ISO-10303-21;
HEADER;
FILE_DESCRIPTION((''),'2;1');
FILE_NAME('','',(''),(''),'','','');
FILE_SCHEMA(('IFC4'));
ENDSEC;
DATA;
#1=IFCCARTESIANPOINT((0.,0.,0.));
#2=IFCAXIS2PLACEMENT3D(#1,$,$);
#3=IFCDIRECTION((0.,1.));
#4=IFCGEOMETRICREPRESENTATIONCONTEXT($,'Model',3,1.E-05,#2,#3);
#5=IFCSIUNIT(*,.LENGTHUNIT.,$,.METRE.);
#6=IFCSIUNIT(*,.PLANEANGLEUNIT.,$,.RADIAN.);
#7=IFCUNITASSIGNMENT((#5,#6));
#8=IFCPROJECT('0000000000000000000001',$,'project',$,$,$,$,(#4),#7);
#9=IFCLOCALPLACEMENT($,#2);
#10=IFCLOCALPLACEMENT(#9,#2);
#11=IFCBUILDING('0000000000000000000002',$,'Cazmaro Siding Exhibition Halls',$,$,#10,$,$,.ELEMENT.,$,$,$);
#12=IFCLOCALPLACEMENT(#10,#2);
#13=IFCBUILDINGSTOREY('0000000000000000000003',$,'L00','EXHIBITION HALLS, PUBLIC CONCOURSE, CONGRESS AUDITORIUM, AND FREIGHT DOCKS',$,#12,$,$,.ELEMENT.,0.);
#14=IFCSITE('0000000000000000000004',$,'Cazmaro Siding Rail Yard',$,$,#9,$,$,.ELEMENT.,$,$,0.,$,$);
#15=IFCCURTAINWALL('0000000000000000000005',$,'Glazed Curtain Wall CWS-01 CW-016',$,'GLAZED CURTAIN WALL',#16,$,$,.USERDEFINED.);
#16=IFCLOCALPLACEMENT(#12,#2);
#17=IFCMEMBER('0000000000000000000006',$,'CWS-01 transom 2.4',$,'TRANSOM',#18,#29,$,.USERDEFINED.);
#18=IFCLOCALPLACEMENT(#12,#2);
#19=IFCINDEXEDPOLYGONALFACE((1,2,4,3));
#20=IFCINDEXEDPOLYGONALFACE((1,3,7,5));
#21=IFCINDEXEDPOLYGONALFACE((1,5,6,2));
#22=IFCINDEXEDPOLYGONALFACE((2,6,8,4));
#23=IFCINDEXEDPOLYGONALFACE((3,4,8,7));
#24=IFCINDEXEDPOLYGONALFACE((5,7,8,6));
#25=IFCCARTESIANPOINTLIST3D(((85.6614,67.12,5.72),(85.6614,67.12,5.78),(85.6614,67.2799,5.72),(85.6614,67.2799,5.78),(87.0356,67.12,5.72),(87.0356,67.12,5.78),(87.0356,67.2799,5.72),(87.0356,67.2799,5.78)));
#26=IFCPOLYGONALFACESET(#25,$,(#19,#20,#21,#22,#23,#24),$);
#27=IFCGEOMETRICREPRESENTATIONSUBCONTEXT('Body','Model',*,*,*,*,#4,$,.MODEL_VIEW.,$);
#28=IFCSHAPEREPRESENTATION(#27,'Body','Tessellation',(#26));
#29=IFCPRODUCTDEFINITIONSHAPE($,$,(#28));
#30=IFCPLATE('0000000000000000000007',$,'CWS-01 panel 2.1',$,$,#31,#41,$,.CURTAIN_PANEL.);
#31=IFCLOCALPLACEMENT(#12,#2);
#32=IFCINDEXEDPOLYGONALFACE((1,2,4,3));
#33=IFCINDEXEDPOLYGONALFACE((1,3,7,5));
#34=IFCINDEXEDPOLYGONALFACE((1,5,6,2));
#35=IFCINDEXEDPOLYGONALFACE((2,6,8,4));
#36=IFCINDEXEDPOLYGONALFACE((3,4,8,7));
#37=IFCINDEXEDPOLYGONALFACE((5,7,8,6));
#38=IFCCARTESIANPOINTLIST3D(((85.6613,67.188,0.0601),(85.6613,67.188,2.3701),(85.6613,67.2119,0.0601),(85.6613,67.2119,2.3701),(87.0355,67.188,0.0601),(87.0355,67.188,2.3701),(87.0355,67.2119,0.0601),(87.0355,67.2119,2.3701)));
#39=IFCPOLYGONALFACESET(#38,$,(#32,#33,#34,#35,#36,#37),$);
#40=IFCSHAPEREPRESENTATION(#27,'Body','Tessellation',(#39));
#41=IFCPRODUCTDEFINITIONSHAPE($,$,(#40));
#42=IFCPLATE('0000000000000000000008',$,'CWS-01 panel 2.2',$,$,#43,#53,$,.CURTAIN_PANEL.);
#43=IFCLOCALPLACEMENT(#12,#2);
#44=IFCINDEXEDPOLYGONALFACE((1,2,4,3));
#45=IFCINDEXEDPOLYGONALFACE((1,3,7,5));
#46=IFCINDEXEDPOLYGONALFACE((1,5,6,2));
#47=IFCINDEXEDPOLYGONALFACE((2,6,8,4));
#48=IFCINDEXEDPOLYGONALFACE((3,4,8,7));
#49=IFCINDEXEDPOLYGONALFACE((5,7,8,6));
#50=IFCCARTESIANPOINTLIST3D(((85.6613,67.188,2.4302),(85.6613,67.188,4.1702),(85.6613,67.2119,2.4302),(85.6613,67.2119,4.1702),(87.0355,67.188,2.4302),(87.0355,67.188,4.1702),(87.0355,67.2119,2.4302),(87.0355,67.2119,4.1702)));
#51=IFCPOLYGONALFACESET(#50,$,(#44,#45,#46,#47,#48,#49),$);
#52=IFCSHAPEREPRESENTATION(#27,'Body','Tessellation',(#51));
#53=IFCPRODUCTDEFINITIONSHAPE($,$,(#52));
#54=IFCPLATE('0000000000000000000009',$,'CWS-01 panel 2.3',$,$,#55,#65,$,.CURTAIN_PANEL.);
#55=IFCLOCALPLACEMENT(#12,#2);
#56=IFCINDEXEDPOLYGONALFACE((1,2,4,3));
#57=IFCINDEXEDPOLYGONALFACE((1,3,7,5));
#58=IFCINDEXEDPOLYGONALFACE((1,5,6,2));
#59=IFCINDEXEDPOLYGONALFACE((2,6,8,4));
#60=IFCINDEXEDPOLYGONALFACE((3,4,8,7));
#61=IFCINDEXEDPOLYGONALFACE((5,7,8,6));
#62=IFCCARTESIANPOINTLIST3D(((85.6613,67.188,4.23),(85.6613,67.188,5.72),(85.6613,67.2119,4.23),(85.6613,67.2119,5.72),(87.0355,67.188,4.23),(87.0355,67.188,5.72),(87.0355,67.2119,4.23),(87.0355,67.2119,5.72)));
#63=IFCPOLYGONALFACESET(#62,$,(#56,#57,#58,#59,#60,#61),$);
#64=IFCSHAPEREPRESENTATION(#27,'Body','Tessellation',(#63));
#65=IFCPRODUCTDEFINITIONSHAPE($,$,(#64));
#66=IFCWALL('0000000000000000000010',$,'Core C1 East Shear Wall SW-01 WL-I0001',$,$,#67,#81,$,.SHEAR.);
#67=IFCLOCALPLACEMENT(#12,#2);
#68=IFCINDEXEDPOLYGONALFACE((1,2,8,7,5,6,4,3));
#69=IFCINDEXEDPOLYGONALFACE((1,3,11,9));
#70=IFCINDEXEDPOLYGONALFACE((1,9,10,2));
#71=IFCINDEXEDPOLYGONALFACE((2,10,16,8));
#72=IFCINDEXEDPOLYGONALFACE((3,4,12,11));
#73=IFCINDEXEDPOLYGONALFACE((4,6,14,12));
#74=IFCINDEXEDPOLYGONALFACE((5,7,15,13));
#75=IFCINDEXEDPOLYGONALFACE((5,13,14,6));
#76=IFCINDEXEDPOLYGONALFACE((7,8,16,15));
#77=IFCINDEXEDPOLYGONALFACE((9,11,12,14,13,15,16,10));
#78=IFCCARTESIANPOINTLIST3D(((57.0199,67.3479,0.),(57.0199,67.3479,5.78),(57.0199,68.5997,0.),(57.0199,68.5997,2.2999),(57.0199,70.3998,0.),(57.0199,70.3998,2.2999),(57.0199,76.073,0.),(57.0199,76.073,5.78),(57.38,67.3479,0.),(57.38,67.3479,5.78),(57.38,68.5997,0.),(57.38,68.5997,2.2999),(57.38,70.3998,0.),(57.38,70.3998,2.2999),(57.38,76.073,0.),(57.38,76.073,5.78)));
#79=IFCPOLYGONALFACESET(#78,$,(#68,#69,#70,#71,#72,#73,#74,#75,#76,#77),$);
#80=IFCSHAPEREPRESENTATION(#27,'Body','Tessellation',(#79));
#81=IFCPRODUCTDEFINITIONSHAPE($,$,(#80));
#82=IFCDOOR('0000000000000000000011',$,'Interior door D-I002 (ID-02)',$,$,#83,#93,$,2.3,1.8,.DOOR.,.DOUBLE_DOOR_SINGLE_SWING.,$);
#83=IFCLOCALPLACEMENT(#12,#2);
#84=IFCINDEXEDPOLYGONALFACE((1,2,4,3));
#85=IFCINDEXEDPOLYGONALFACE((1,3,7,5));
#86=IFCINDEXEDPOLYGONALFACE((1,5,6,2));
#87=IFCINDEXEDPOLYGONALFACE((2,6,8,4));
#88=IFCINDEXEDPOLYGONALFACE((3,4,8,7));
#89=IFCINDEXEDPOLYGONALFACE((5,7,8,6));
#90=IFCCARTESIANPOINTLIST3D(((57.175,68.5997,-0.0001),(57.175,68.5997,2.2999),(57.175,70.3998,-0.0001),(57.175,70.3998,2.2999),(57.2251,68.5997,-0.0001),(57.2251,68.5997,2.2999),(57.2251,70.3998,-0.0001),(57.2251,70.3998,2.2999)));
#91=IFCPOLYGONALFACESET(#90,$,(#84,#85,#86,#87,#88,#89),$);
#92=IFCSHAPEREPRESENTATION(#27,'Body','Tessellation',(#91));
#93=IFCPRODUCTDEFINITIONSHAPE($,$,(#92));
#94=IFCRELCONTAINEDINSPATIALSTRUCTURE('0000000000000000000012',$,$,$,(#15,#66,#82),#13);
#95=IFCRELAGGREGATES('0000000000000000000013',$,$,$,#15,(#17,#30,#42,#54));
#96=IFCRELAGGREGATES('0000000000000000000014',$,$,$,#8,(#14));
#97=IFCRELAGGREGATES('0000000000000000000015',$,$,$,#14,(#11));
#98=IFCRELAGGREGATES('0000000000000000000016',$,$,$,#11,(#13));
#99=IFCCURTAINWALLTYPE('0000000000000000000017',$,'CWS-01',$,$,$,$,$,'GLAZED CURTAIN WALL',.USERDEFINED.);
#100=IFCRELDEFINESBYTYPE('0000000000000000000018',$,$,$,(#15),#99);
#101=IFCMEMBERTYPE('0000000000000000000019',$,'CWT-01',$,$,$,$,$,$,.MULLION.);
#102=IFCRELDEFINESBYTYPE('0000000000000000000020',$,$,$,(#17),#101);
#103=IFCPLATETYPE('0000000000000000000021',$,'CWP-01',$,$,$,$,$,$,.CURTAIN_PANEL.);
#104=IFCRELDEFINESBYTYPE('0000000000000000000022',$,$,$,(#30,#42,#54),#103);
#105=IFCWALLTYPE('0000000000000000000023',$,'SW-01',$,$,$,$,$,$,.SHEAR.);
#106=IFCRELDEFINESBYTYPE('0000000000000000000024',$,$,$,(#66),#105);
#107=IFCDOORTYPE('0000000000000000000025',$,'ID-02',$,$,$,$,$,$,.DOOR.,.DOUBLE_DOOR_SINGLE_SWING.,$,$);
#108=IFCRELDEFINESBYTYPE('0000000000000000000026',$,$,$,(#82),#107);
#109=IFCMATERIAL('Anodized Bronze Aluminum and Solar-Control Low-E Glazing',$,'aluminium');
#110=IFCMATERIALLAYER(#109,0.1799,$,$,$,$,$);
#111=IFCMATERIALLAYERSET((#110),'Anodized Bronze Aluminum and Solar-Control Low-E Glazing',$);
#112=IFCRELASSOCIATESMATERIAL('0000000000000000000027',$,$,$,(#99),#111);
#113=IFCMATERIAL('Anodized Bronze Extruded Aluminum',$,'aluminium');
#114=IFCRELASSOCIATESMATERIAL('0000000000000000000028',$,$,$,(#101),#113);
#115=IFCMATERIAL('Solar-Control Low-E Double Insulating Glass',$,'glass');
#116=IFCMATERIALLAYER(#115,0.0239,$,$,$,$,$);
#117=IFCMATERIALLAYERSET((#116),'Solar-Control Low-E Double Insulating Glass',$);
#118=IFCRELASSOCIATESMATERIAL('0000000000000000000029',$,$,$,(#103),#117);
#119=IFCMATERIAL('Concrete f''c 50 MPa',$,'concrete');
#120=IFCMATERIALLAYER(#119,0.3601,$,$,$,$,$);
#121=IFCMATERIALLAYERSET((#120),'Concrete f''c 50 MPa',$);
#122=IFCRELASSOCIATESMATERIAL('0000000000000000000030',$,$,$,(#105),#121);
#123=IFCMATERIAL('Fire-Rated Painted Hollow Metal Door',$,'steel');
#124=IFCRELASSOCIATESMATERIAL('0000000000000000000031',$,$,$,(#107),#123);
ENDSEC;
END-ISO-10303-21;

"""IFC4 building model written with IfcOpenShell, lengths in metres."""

from ifc_helpers import new_model, si_unit, direction, frame, frame_2d, origin, origin_2d, place, context, subcontext, project, spatial, rectangle, extrude, material, layer, layer_set, material_profile, profile_set, type_object, element, fill, aggregate, save


model = new_model("IFC4")

# Units and contexts
model_context = context("Model", 3, precision=1e-05, world=origin(), true_north=direction((0.0, 1.0)))
body_context = subcontext(model_context, "Body", "Model", "MODEL_VIEW")
ifc_project = project(units=[si_unit("LENGTHUNIT", "METRE"), si_unit("PLANEANGLEUNIT", "RADIAN")], contexts=[model_context])

# Site, building, storey
site_placement = place(None, origin())
site = spatial("IfcSite", under=ifc_project, at=site_placement, Name="Cazmaro Siding Rail Yard", CompositionType="ELEMENT", RefElevation=0.0)
building_placement = place(site_placement, origin())
building = spatial("IfcBuilding", under=site, at=building_placement, Name="Cazmaro Siding Exhibition Halls", CompositionType="ELEMENT")
storey_placement = place(building_placement, origin())
storey = spatial("IfcBuildingStorey", under=building, at=storey_placement, Name="L00", Description="EXHIBITION HALLS, PUBLIC CONCOURSE, CONGRESS AUDITORIUM, AND FREIGHT DOCKS", CompositionType="ELEMENT", Elevation=0.0)

# Curtain wall, member, plates
ifc_material_1 = material(Name="Anodized Bronze Aluminum and Solar-Control Low-E Glazing", Category="aluminium")
ifc_layer_1 = layer(ifc_material_1, 0.1799)
ifc_layer_set_1 = layer_set([ifc_layer_1], Name="Anodized Bronze Aluminum and Solar-Control Low-E Glazing")
curtain_wall_type = type_object("IfcCurtainWallType", Name="CWS-01", ElementType="GLAZED CURTAIN WALL", PredefinedType="USERDEFINED", material=ifc_layer_set_1)
curtain_wall_placement = place(storey_placement, origin())
curtain_wall = element("IfcCurtainWall", 1, at=curtain_wall_placement, inside=storey, type_object=curtain_wall_type, Name="Glazed Curtain Wall CWS-01 CW-016", ObjectType="GLAZED CURTAIN WALL", PredefinedType="USERDEFINED")
ifc_material_2 = material(Name="Anodized Bronze Extruded Aluminum", Category="aluminium")
ifc_material_profile_1 = material_profile(ifc_material_2, rectangle(XDim=0.1599, YDim=0.0601, at=origin_2d()), Name="CWT-01")
ifc_profile_set_1 = profile_set([ifc_material_profile_1], Name="Anodized Bronze Extruded Aluminum")
member_type = type_object("IfcMemberType", Name="CWT-01", PredefinedType="MULLION", material=ifc_profile_set_1)
member_placement = place(storey_placement, frame((85.6614, 67.2, 5.75), z_axis=(1.0, 0.0, 0.0), x_axis=(0.0, 1.0, 0.0)))
member = element("IfcMember", 2, at=member_placement, type_object=member_type, Name="CWS-01 transom 2.4", ObjectType="TRANSOM", PredefinedType="USERDEFINED", context=body_context, shape_type="SweptSolid", body=[
    extrude(rectangle(XDim=0.1599, YDim=0.0601, at=origin_2d()), origin(), (0.0, 0.0, 1.0), 1.3743),
])
ifc_material_3 = material(Name="Solar-Control Low-E Double Insulating Glass", Category="glass")
ifc_layer_2 = layer(ifc_material_3, 0.0239)
ifc_layer_set_2 = layer_set([ifc_layer_2], Name="Solar-Control Low-E Double Insulating Glass")
plate_type = type_object("IfcPlateType", Name="CWP-01", PredefinedType="CURTAIN_PANEL", material=ifc_layer_set_2)
plate_1_placement = place(storey_placement, frame((86.3484, 67.2, 0.0601), z_axis=(0.0, 0.0, 1.0), x_axis=(1.0, 0.0, 0.0)))
plate_1 = element("IfcPlate", 3, at=plate_1_placement, type_object=plate_type, Name="CWS-01 panel 2.1", PredefinedType="CURTAIN_PANEL", context=body_context, shape_type="SweptSolid", body=[
    extrude(rectangle(XDim=1.3743, YDim=0.0239, at=origin_2d()), origin(), (0.0, 0.0, 1.0), 2.3101),
])
plate_2_placement = place(storey_placement, frame((86.3484, 67.2, 2.4302), z_axis=(0.0, 0.0, 1.0), x_axis=(1.0, 0.0, 0.0)))
plate_2 = element("IfcPlate", 4, at=plate_2_placement, type_object=plate_type, Name="CWS-01 panel 2.2", PredefinedType="CURTAIN_PANEL", context=body_context, shape_type="SweptSolid", body=[
    extrude(rectangle(XDim=1.3743, YDim=0.0239, at=origin_2d()), origin(), (0.0, 0.0, 1.0), 1.74),
])
plate_3_placement = place(storey_placement, frame((86.3484, 67.2, 4.23), z_axis=(0.0, 0.0, 1.0), x_axis=(1.0, 0.0, 0.0)))
plate_3 = element("IfcPlate", 5, at=plate_3_placement, type_object=plate_type, Name="CWS-01 panel 2.3", PredefinedType="CURTAIN_PANEL", context=body_context, shape_type="SweptSolid", body=[
    extrude(rectangle(XDim=1.3743, YDim=0.0239, at=origin_2d()), origin(), (0.0, 0.0, 1.0), 1.49),
])
aggregate(curtain_wall, [member, plate_1, plate_2, plate_3])

# Wall, opening, door
ifc_material_4 = material(Name="Concrete f'c 50 MPa", Category="concrete")
ifc_layer_3 = layer(ifc_material_4, 0.3601)
ifc_layer_set_3 = layer_set([ifc_layer_3], Name="Concrete f'c 50 MPa")
wall_type = type_object("IfcWallType", Name="SW-01", PredefinedType="SHEAR", material=ifc_layer_set_3)
wall_placement = place(storey_placement, frame((57.2, 67.3479, 0.0), z_axis=(0.0, 0.0, 1.0), x_axis=(0.0, 1.0, 0.0)))
wall = element("IfcWall", 6, at=wall_placement, inside=storey, type_object=wall_type, Name="Core C1 East Shear Wall SW-01 WL-I0001", PredefinedType="SHEAR", context=body_context, shape_type="SweptSolid", body=[
    extrude(rectangle(XDim=8.7251, YDim=0.3601, at=frame_2d((4.3625, 0.0))), origin(), (0.0, 0.0, 1.0), 5.78),
])
opening_placement = place(wall_placement, frame((1.252, 0.0, 0.0)))
opening = element("IfcOpeningElement", 7, at=opening_placement, cuts=wall, PredefinedType="OPENING", context=body_context, shape_type="SweptSolid", body=[
    extrude(rectangle(XDim=1.8, YDim=2.3, at=frame_2d((0.8999, 1.1499))), frame((0.0, 0.1899, 0.0), z_axis=(0.0, -1.0, 0.0), x_axis=(1.0, 0.0, 0.0)), (0.0, 0.0, 1.0), 0.3801),
])
ifc_material_5 = material(Name="Fire-Rated Painted Hollow Metal Door", Category="steel")
door_type = type_object("IfcDoorType", Name="ID-02", OperationType="DOUBLE_DOOR_SINGLE_SWING", PredefinedType="DOOR", material=ifc_material_5)
door_placement = place(opening_placement, origin())
door = element("IfcDoor", 8, at=door_placement, inside=storey, type_object=door_type, Name="Interior door D-I002 (ID-02)", OperationType="DOUBLE_DOOR_SINGLE_SWING", OverallHeight=2.3, OverallWidth=1.8, PredefinedType="DOOR", context=body_context, shape_type="SweptSolid", body=[
    extrude(rectangle(XDim=1.8, YDim=2.3, at=frame_2d((0.8999, 1.1499))), frame((0.0, 0.0249, 0.0), z_axis=(0.0, -1.0, 0.0), x_axis=(1.0, 0.0, 0.0)), (0.0, 0.0, 1.0), 0.05),
])
fill(opening, door)

save(model, "model.ifc")
